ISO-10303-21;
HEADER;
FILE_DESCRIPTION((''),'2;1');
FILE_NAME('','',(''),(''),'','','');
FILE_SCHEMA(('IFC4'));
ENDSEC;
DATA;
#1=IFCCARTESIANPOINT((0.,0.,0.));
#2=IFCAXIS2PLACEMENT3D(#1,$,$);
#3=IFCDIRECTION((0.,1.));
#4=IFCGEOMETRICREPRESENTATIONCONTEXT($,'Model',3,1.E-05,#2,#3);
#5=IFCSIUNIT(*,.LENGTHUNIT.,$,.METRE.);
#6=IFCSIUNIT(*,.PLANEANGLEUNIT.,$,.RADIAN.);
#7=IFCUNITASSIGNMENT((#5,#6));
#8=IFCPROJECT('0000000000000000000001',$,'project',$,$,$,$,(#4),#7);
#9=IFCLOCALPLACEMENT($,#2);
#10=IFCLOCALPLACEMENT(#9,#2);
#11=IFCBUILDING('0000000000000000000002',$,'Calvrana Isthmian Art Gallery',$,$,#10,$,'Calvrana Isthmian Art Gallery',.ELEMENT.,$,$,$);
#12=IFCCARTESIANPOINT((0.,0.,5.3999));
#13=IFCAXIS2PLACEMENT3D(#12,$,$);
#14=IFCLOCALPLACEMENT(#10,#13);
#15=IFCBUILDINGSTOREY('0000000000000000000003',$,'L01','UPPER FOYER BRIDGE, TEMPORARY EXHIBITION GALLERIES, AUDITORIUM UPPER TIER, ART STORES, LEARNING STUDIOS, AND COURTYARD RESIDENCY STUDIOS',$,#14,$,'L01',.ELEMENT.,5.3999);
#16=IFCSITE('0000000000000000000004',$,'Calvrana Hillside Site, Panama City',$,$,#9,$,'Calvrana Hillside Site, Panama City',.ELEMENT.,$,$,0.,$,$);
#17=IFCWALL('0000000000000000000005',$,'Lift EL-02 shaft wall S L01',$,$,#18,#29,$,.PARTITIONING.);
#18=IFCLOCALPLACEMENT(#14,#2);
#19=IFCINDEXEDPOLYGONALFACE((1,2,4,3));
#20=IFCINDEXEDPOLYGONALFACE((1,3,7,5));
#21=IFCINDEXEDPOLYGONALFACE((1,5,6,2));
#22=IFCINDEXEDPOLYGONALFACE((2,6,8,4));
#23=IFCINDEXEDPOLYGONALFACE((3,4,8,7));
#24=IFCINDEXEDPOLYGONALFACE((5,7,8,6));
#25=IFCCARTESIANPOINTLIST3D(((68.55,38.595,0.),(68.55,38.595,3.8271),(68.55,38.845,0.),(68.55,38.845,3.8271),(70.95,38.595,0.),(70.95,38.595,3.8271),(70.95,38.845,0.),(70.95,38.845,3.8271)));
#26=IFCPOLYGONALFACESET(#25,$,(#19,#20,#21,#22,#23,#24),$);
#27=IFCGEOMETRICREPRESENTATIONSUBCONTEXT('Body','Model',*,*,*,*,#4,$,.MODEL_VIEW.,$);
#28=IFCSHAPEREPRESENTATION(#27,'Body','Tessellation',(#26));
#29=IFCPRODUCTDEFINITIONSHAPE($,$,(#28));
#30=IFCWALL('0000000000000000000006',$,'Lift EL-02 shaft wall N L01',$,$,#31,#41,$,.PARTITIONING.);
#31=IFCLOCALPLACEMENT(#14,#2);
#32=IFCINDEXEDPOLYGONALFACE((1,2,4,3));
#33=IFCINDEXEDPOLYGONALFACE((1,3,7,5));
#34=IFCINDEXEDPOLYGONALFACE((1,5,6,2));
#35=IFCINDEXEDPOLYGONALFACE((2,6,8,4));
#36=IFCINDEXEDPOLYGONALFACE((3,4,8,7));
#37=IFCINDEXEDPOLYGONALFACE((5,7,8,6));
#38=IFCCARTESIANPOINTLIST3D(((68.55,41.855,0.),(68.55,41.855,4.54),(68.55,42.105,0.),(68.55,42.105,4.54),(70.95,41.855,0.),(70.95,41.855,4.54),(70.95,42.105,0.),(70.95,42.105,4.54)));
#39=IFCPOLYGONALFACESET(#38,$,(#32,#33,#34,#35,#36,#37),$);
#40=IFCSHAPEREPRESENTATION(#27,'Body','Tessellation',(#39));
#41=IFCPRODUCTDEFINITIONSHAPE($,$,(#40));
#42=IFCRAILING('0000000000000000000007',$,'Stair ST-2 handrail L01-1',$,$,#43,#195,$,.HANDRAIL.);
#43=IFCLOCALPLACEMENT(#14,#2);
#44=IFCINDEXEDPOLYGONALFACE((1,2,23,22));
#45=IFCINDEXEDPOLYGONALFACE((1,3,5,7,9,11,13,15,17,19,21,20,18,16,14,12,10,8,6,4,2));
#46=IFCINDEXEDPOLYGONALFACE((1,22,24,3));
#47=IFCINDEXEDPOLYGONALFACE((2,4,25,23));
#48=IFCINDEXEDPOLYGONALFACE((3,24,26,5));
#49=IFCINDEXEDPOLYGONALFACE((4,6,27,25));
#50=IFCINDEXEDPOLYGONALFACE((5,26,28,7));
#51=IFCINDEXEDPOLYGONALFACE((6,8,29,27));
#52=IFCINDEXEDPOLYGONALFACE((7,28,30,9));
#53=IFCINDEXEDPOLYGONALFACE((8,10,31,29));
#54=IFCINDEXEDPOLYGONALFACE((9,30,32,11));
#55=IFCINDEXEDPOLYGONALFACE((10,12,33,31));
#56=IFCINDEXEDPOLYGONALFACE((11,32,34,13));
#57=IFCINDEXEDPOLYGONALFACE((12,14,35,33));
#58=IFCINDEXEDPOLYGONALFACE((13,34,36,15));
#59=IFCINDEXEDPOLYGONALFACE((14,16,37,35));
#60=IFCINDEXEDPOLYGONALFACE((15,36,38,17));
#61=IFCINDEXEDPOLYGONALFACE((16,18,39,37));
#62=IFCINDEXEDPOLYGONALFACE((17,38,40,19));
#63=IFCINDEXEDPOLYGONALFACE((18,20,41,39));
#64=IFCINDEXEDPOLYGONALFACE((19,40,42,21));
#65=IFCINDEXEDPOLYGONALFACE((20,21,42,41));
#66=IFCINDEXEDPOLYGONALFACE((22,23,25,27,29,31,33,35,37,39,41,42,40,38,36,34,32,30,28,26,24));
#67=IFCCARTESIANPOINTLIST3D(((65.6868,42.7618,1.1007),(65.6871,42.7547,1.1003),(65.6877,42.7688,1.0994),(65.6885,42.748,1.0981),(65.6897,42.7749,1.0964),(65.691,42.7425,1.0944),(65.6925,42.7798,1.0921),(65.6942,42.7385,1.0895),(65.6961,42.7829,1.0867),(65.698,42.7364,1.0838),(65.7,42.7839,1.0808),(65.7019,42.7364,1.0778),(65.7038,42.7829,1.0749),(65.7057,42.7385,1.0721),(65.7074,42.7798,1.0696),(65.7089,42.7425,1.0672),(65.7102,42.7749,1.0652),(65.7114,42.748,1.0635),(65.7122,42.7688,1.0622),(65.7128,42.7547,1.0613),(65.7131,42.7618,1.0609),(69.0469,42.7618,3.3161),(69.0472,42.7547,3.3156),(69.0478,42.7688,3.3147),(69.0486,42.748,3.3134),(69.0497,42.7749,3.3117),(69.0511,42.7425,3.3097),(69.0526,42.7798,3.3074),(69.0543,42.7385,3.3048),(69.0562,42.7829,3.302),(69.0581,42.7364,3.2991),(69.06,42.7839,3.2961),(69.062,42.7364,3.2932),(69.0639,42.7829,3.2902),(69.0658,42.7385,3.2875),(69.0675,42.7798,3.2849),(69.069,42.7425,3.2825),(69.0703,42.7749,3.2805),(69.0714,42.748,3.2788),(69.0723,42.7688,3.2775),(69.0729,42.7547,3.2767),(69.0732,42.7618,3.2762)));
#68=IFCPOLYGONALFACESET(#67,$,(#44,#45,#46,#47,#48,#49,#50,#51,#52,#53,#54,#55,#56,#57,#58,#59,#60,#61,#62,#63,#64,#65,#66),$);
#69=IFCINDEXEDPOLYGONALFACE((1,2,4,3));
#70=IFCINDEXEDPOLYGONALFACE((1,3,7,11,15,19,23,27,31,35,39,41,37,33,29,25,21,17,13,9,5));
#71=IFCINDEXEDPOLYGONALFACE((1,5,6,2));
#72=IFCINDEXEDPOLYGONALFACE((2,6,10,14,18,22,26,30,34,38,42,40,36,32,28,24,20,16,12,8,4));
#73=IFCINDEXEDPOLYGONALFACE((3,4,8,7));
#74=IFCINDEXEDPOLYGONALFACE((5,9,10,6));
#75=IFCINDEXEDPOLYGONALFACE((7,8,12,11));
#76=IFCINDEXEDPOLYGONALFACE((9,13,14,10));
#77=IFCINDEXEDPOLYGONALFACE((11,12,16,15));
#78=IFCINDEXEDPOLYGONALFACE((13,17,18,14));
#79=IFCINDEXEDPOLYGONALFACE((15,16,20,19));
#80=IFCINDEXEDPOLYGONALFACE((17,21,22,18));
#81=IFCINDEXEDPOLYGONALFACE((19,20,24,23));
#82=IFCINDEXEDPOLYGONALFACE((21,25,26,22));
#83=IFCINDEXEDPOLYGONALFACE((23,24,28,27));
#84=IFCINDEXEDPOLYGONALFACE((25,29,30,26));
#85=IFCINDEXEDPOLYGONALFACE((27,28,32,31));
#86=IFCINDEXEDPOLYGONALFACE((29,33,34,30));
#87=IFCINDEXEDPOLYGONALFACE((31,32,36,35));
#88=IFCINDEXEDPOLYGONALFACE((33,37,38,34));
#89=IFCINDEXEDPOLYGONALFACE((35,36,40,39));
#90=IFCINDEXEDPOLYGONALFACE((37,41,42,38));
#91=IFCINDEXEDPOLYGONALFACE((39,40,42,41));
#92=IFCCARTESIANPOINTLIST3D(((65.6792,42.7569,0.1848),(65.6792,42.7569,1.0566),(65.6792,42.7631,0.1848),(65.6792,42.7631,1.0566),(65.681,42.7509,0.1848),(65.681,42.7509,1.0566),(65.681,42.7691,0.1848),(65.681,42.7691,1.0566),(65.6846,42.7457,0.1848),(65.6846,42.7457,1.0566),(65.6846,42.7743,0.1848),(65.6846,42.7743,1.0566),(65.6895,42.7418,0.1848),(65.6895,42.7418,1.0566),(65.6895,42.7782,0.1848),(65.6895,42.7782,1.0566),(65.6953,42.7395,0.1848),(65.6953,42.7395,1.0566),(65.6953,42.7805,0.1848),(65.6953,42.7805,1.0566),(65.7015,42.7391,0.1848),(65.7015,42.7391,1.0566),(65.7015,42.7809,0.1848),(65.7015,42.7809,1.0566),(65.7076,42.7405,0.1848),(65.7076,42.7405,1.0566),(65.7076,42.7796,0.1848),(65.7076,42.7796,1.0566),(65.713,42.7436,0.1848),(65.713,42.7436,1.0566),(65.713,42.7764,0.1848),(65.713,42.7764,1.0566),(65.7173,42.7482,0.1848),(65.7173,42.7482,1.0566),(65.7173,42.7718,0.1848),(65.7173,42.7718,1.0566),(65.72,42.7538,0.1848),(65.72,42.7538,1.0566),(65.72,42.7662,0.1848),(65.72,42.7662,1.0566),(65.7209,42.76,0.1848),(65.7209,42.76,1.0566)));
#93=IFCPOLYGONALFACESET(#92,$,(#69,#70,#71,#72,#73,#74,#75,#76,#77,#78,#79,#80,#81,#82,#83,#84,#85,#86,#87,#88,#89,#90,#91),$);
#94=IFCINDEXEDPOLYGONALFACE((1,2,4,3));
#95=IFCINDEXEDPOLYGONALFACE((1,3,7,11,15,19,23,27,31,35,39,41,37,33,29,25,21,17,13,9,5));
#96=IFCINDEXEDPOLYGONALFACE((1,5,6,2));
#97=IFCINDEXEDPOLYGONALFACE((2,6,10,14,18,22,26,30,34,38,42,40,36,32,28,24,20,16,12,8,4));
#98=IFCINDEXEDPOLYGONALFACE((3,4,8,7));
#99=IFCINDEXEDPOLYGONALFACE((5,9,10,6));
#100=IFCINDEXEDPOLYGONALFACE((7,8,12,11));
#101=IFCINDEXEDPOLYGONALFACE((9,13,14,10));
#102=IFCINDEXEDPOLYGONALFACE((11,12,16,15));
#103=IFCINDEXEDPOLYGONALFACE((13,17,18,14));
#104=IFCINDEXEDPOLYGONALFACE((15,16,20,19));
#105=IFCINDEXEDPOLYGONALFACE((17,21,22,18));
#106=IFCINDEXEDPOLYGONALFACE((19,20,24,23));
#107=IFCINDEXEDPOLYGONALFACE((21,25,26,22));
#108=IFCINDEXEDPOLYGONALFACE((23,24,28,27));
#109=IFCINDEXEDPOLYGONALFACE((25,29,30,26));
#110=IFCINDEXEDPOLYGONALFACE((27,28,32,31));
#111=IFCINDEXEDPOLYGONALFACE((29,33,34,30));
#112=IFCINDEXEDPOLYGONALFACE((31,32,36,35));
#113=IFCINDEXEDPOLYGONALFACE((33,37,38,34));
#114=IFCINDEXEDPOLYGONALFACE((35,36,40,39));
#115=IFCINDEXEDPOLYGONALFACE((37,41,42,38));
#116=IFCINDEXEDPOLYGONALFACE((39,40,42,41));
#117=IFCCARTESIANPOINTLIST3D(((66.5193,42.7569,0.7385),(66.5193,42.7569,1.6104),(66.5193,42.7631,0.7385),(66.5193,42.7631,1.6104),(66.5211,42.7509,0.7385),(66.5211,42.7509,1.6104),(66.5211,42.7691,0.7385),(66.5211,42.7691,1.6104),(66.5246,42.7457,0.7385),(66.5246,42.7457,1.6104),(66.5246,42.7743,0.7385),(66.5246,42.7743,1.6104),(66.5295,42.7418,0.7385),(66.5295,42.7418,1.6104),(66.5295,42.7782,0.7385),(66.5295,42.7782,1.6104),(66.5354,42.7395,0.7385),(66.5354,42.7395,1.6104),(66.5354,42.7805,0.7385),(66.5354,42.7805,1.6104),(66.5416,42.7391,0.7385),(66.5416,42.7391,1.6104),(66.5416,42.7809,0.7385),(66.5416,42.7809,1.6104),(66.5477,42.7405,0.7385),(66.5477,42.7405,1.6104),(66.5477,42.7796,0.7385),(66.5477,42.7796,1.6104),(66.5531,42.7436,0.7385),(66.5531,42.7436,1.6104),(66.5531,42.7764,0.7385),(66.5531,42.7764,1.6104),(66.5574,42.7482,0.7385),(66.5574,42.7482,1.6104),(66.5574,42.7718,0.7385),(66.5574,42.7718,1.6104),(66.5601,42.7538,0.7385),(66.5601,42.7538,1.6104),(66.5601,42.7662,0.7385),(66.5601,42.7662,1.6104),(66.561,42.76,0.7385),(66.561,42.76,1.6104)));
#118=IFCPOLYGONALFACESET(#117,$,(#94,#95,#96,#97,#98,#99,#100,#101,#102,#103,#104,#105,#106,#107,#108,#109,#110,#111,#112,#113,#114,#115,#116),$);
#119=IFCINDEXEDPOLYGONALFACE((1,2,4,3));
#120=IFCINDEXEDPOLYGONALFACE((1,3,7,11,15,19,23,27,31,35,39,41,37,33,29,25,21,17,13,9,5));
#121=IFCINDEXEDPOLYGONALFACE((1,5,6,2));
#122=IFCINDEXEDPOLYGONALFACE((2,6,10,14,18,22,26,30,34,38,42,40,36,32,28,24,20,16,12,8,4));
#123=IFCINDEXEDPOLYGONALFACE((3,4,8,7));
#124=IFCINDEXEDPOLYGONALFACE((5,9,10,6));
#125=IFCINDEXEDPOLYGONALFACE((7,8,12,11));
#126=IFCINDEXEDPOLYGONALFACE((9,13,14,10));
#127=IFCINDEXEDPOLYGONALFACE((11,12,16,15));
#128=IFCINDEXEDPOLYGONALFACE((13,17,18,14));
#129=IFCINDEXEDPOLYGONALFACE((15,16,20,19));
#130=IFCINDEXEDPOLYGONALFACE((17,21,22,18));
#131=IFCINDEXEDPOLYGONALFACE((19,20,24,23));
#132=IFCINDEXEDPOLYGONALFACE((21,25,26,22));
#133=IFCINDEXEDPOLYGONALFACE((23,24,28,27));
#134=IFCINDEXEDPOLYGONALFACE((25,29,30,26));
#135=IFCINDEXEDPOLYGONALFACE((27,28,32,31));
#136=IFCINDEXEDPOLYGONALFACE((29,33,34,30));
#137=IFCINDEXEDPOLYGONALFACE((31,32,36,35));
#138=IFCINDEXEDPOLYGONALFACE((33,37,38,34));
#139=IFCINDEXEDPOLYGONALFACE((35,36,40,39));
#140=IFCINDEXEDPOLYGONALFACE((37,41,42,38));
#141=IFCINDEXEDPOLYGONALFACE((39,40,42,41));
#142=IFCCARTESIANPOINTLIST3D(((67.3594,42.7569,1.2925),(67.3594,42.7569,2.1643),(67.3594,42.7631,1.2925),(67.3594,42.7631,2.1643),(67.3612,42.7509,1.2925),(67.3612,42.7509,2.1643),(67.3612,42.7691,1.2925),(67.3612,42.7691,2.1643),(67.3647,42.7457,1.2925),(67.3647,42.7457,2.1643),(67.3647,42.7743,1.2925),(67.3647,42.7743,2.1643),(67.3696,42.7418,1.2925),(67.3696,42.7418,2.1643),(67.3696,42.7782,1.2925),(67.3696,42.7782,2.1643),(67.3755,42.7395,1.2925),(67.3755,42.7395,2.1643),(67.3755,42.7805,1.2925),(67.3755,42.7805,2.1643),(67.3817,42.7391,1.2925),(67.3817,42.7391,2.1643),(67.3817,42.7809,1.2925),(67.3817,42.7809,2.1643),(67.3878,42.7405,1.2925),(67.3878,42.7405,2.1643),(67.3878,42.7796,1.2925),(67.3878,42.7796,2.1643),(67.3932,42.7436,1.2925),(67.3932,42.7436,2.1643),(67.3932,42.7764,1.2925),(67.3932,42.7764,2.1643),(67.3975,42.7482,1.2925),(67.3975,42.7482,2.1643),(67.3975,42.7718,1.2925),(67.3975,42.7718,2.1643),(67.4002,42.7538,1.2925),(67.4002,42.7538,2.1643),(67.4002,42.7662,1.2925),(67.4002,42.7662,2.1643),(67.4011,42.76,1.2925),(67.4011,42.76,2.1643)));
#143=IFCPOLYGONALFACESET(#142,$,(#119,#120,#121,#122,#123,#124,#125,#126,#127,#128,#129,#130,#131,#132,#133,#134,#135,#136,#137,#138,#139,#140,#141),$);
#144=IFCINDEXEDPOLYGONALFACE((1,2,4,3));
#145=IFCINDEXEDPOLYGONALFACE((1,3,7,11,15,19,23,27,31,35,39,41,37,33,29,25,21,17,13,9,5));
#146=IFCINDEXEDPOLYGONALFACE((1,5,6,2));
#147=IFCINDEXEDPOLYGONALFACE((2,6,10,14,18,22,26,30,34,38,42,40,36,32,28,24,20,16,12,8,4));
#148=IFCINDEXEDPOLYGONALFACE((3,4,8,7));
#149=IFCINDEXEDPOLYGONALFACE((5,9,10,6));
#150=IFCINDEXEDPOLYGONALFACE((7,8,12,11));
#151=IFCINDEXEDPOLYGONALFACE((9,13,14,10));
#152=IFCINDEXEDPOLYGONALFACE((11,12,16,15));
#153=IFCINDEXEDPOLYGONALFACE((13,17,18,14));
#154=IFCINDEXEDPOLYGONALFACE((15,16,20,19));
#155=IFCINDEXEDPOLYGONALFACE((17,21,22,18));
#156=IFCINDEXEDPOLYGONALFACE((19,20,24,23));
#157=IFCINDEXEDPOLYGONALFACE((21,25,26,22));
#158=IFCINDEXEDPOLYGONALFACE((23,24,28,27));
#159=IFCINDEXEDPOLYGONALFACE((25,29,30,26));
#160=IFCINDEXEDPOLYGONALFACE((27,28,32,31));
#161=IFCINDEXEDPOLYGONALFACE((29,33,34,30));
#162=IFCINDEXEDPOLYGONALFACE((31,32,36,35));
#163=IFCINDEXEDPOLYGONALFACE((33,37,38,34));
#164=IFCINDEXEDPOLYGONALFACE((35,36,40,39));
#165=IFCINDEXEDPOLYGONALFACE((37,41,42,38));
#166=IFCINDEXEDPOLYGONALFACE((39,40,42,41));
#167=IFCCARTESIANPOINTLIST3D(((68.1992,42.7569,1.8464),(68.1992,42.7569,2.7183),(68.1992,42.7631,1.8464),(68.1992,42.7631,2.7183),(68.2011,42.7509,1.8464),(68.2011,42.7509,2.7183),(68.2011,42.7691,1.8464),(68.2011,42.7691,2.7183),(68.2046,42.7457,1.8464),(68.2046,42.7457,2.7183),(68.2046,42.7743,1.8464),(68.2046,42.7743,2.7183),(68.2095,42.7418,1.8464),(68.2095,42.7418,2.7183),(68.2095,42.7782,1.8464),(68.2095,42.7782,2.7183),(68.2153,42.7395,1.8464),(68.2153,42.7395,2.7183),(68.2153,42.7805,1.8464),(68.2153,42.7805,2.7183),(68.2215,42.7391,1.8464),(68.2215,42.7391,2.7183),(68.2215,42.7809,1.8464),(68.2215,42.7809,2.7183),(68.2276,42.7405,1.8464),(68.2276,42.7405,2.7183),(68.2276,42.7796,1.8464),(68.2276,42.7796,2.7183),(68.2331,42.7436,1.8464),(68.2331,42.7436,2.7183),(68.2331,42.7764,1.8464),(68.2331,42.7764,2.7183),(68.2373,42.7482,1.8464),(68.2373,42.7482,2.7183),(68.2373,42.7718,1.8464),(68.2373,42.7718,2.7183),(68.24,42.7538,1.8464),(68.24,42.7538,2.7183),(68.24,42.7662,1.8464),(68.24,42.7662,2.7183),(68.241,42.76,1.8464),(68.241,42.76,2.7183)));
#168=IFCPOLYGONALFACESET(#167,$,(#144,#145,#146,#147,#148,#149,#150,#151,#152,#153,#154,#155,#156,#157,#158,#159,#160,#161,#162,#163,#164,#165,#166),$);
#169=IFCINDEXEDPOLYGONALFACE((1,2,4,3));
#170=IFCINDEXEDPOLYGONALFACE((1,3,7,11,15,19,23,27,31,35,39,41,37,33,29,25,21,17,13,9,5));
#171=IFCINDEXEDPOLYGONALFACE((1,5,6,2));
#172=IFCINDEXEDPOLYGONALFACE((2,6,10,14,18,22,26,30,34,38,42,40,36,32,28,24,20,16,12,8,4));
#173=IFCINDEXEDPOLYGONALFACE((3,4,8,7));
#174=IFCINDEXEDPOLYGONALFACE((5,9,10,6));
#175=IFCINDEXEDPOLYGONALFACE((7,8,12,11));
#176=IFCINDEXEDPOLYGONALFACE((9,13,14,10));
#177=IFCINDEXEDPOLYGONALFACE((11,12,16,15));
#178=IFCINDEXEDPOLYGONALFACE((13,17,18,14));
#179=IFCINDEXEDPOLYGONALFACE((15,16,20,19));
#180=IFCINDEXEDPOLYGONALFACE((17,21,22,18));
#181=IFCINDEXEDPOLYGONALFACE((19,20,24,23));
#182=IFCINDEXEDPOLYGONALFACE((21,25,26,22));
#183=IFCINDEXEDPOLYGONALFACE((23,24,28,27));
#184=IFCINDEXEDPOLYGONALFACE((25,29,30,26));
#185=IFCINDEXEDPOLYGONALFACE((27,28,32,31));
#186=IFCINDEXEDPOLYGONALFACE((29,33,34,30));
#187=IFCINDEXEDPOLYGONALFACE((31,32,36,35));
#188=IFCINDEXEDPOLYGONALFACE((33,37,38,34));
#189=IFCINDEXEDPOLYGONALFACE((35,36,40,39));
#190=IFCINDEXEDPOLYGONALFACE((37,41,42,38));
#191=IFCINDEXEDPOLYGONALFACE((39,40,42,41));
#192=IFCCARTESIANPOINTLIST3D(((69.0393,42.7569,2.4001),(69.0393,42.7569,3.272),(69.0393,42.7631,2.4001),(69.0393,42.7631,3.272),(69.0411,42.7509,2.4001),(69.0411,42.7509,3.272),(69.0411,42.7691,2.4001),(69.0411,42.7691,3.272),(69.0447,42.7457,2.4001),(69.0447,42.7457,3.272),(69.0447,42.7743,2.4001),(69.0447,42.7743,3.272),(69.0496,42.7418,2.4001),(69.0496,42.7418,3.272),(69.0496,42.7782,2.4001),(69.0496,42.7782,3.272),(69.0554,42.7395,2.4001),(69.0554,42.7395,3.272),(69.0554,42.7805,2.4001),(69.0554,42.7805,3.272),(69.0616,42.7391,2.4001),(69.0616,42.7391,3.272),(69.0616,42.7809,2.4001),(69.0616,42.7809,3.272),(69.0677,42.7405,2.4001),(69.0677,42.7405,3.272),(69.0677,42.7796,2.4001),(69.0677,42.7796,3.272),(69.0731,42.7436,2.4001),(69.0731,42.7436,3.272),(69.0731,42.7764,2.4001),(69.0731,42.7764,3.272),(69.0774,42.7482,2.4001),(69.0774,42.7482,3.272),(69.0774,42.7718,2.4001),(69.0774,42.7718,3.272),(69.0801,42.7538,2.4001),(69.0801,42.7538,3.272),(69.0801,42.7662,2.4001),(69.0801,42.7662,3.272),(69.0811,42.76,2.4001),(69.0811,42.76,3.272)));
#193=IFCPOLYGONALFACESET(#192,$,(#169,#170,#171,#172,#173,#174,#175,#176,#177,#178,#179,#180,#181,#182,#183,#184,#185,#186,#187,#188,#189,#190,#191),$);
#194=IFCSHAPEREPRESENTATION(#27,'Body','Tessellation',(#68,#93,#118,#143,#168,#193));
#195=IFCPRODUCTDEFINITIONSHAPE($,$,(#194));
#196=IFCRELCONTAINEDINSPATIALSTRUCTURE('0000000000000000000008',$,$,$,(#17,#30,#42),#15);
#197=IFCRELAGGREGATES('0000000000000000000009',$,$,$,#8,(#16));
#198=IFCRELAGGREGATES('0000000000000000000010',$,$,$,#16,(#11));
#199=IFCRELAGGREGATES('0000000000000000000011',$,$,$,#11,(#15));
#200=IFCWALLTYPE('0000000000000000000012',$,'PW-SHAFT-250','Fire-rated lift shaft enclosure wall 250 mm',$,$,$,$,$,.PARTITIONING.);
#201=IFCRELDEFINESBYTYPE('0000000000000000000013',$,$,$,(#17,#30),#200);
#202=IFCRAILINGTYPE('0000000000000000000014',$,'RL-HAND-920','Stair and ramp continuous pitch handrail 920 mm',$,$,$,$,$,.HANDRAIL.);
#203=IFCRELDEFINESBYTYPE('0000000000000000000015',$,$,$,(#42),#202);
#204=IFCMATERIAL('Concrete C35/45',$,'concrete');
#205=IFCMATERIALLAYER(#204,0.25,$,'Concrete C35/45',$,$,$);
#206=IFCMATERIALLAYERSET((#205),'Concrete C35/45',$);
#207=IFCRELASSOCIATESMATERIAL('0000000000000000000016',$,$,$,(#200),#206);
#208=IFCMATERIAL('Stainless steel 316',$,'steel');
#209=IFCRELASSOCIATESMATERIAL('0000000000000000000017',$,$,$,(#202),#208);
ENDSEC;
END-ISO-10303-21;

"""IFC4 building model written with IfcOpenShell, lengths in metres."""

from ifc_helpers import new_model, si_unit, direction, frame, frame_2d, origin, origin_2d, place, context, subcontext, project, spatial, rectangle, circle, extrude, material, layer, layer_set, type_object, element, save


model = new_model("IFC4")

# Units and contexts
model_context = context("Model", 3, precision=1e-05, world=origin(), true_north=direction((0.0, 1.0)))
body_context = subcontext(model_context, "Body", "Model", "MODEL_VIEW")
ifc_project = project(units=[si_unit("LENGTHUNIT", "METRE"), si_unit("PLANEANGLEUNIT", "RADIAN")], contexts=[model_context])

# Site, building, storey
site_placement = place(None, origin())
site = spatial("IfcSite", under=ifc_project, at=site_placement, Name="Calvrana Hillside Site, Panama City", LongName="Calvrana Hillside Site, Panama City", CompositionType="ELEMENT", RefElevation=0.0)
building_placement = place(site_placement, origin())
building = spatial("IfcBuilding", under=site, at=building_placement, Name="Calvrana Isthmian Art Gallery", LongName="Calvrana Isthmian Art Gallery", CompositionType="ELEMENT")
storey_placement = place(building_placement, frame((0.0, 0.0, 5.3999)))
storey = spatial("IfcBuildingStorey", under=building, at=storey_placement, Name="L01", Description="UPPER FOYER BRIDGE, TEMPORARY EXHIBITION GALLERIES, AUDITORIUM UPPER TIER, ART STORES, LEARNING STUDIOS, AND COURTYARD RESIDENCY STUDIOS", LongName="L01", CompositionType="ELEMENT", Elevation=5.3999)

# Walls
ifc_material_1 = material(Name="Concrete C35/45", Category="concrete")
ifc_layer_1 = layer(ifc_material_1, 0.25, Name="Concrete C35/45")
ifc_layer_set_1 = layer_set([ifc_layer_1], Name="Concrete C35/45")
wall_type_1 = type_object("IfcWallType", Name="PW-SHAFT-250", Description="Fire-rated lift shaft enclosure wall 250 mm", PredefinedType="PARTITIONING", material=ifc_layer_set_1)
wall_1_placement = place(storey_placement, frame((68.55, 38.72, 0.0), z_axis=(0.0, 0.0, 1.0), x_axis=(1.0, 0.0, 0.0)))
element("IfcWall", 1, at=wall_1_placement, inside=storey, type_object=wall_type_1, Name="Lift EL-02 shaft wall S L01", PredefinedType="PARTITIONING", context=body_context, shape_type="SweptSolid", body=[
    extrude(rectangle(XDim=2.3999, YDim=0.25, at=frame_2d((1.2, 0.0))), origin(), (0.0, 0.0, 1.0), 3.8271),
])
wall_2_placement = place(storey_placement, frame((68.55, 41.98, 0.0), z_axis=(0.0, 0.0, 1.0), x_axis=(1.0, 0.0, 0.0)))
element("IfcWall", 2, at=wall_2_placement, inside=storey, type_object=wall_type_1, Name="Lift EL-02 shaft wall N L01", PredefinedType="PARTITIONING", context=body_context, shape_type="SweptSolid", body=[
    extrude(rectangle(XDim=2.3999, YDim=0.25, at=frame_2d((1.2, 0.0))), origin(), (0.0, 0.0, 1.0), 4.54),
])

# Shared definitions
ifc_material_2 = material(Name="Stainless steel 316", Category="steel")

# Railing
railing_type = type_object("IfcRailingType", Name="RL-HAND-920", Description="Stair and ramp continuous pitch handrail 920 mm", PredefinedType="HANDRAIL", material=ifc_material_2)
railing_placement = place(storey_placement, frame((65.7, 42.76, 0.1848)))
element("IfcRailing", 3, at=railing_placement, inside=storey, type_object=railing_type, Name="Stair ST-2 handrail L01-1", PredefinedType="HANDRAIL", context=body_context, shape_type="SweptSolid", body=[
    extrude(circle(Radius=0.0239, at=origin_2d()), frame((0.0, 0.0, 0.896), z_axis=(0.834876, 0.0, 0.550437), x_axis=(0.0, 1.0, 0.0)), (0.0, 0.0, 1.0), 4.0247),
    extrude(circle(Radius=0.021, at=origin_2d()), origin(), (0.0, 0.0, 1.0), 0.8718),
    extrude(circle(Radius=0.021, at=origin_2d()), frame((0.8401, 0.0, 0.5537)), (0.0, 0.0, 1.0), 0.8718),
    extrude(circle(Radius=0.021, at=origin_2d()), frame((1.6802, 0.0, 1.1077)), (0.0, 0.0, 1.0), 0.8718),
    extrude(circle(Radius=0.021, at=origin_2d()), frame((2.52, 0.0, 1.6616)), (0.0, 0.0, 1.0), 0.8718),
    extrude(circle(Radius=0.021, at=origin_2d()), frame((3.3601, 0.0, 2.2153)), (0.0, 0.0, 1.0), 0.8718),
])

save(model, "model.ifc")
